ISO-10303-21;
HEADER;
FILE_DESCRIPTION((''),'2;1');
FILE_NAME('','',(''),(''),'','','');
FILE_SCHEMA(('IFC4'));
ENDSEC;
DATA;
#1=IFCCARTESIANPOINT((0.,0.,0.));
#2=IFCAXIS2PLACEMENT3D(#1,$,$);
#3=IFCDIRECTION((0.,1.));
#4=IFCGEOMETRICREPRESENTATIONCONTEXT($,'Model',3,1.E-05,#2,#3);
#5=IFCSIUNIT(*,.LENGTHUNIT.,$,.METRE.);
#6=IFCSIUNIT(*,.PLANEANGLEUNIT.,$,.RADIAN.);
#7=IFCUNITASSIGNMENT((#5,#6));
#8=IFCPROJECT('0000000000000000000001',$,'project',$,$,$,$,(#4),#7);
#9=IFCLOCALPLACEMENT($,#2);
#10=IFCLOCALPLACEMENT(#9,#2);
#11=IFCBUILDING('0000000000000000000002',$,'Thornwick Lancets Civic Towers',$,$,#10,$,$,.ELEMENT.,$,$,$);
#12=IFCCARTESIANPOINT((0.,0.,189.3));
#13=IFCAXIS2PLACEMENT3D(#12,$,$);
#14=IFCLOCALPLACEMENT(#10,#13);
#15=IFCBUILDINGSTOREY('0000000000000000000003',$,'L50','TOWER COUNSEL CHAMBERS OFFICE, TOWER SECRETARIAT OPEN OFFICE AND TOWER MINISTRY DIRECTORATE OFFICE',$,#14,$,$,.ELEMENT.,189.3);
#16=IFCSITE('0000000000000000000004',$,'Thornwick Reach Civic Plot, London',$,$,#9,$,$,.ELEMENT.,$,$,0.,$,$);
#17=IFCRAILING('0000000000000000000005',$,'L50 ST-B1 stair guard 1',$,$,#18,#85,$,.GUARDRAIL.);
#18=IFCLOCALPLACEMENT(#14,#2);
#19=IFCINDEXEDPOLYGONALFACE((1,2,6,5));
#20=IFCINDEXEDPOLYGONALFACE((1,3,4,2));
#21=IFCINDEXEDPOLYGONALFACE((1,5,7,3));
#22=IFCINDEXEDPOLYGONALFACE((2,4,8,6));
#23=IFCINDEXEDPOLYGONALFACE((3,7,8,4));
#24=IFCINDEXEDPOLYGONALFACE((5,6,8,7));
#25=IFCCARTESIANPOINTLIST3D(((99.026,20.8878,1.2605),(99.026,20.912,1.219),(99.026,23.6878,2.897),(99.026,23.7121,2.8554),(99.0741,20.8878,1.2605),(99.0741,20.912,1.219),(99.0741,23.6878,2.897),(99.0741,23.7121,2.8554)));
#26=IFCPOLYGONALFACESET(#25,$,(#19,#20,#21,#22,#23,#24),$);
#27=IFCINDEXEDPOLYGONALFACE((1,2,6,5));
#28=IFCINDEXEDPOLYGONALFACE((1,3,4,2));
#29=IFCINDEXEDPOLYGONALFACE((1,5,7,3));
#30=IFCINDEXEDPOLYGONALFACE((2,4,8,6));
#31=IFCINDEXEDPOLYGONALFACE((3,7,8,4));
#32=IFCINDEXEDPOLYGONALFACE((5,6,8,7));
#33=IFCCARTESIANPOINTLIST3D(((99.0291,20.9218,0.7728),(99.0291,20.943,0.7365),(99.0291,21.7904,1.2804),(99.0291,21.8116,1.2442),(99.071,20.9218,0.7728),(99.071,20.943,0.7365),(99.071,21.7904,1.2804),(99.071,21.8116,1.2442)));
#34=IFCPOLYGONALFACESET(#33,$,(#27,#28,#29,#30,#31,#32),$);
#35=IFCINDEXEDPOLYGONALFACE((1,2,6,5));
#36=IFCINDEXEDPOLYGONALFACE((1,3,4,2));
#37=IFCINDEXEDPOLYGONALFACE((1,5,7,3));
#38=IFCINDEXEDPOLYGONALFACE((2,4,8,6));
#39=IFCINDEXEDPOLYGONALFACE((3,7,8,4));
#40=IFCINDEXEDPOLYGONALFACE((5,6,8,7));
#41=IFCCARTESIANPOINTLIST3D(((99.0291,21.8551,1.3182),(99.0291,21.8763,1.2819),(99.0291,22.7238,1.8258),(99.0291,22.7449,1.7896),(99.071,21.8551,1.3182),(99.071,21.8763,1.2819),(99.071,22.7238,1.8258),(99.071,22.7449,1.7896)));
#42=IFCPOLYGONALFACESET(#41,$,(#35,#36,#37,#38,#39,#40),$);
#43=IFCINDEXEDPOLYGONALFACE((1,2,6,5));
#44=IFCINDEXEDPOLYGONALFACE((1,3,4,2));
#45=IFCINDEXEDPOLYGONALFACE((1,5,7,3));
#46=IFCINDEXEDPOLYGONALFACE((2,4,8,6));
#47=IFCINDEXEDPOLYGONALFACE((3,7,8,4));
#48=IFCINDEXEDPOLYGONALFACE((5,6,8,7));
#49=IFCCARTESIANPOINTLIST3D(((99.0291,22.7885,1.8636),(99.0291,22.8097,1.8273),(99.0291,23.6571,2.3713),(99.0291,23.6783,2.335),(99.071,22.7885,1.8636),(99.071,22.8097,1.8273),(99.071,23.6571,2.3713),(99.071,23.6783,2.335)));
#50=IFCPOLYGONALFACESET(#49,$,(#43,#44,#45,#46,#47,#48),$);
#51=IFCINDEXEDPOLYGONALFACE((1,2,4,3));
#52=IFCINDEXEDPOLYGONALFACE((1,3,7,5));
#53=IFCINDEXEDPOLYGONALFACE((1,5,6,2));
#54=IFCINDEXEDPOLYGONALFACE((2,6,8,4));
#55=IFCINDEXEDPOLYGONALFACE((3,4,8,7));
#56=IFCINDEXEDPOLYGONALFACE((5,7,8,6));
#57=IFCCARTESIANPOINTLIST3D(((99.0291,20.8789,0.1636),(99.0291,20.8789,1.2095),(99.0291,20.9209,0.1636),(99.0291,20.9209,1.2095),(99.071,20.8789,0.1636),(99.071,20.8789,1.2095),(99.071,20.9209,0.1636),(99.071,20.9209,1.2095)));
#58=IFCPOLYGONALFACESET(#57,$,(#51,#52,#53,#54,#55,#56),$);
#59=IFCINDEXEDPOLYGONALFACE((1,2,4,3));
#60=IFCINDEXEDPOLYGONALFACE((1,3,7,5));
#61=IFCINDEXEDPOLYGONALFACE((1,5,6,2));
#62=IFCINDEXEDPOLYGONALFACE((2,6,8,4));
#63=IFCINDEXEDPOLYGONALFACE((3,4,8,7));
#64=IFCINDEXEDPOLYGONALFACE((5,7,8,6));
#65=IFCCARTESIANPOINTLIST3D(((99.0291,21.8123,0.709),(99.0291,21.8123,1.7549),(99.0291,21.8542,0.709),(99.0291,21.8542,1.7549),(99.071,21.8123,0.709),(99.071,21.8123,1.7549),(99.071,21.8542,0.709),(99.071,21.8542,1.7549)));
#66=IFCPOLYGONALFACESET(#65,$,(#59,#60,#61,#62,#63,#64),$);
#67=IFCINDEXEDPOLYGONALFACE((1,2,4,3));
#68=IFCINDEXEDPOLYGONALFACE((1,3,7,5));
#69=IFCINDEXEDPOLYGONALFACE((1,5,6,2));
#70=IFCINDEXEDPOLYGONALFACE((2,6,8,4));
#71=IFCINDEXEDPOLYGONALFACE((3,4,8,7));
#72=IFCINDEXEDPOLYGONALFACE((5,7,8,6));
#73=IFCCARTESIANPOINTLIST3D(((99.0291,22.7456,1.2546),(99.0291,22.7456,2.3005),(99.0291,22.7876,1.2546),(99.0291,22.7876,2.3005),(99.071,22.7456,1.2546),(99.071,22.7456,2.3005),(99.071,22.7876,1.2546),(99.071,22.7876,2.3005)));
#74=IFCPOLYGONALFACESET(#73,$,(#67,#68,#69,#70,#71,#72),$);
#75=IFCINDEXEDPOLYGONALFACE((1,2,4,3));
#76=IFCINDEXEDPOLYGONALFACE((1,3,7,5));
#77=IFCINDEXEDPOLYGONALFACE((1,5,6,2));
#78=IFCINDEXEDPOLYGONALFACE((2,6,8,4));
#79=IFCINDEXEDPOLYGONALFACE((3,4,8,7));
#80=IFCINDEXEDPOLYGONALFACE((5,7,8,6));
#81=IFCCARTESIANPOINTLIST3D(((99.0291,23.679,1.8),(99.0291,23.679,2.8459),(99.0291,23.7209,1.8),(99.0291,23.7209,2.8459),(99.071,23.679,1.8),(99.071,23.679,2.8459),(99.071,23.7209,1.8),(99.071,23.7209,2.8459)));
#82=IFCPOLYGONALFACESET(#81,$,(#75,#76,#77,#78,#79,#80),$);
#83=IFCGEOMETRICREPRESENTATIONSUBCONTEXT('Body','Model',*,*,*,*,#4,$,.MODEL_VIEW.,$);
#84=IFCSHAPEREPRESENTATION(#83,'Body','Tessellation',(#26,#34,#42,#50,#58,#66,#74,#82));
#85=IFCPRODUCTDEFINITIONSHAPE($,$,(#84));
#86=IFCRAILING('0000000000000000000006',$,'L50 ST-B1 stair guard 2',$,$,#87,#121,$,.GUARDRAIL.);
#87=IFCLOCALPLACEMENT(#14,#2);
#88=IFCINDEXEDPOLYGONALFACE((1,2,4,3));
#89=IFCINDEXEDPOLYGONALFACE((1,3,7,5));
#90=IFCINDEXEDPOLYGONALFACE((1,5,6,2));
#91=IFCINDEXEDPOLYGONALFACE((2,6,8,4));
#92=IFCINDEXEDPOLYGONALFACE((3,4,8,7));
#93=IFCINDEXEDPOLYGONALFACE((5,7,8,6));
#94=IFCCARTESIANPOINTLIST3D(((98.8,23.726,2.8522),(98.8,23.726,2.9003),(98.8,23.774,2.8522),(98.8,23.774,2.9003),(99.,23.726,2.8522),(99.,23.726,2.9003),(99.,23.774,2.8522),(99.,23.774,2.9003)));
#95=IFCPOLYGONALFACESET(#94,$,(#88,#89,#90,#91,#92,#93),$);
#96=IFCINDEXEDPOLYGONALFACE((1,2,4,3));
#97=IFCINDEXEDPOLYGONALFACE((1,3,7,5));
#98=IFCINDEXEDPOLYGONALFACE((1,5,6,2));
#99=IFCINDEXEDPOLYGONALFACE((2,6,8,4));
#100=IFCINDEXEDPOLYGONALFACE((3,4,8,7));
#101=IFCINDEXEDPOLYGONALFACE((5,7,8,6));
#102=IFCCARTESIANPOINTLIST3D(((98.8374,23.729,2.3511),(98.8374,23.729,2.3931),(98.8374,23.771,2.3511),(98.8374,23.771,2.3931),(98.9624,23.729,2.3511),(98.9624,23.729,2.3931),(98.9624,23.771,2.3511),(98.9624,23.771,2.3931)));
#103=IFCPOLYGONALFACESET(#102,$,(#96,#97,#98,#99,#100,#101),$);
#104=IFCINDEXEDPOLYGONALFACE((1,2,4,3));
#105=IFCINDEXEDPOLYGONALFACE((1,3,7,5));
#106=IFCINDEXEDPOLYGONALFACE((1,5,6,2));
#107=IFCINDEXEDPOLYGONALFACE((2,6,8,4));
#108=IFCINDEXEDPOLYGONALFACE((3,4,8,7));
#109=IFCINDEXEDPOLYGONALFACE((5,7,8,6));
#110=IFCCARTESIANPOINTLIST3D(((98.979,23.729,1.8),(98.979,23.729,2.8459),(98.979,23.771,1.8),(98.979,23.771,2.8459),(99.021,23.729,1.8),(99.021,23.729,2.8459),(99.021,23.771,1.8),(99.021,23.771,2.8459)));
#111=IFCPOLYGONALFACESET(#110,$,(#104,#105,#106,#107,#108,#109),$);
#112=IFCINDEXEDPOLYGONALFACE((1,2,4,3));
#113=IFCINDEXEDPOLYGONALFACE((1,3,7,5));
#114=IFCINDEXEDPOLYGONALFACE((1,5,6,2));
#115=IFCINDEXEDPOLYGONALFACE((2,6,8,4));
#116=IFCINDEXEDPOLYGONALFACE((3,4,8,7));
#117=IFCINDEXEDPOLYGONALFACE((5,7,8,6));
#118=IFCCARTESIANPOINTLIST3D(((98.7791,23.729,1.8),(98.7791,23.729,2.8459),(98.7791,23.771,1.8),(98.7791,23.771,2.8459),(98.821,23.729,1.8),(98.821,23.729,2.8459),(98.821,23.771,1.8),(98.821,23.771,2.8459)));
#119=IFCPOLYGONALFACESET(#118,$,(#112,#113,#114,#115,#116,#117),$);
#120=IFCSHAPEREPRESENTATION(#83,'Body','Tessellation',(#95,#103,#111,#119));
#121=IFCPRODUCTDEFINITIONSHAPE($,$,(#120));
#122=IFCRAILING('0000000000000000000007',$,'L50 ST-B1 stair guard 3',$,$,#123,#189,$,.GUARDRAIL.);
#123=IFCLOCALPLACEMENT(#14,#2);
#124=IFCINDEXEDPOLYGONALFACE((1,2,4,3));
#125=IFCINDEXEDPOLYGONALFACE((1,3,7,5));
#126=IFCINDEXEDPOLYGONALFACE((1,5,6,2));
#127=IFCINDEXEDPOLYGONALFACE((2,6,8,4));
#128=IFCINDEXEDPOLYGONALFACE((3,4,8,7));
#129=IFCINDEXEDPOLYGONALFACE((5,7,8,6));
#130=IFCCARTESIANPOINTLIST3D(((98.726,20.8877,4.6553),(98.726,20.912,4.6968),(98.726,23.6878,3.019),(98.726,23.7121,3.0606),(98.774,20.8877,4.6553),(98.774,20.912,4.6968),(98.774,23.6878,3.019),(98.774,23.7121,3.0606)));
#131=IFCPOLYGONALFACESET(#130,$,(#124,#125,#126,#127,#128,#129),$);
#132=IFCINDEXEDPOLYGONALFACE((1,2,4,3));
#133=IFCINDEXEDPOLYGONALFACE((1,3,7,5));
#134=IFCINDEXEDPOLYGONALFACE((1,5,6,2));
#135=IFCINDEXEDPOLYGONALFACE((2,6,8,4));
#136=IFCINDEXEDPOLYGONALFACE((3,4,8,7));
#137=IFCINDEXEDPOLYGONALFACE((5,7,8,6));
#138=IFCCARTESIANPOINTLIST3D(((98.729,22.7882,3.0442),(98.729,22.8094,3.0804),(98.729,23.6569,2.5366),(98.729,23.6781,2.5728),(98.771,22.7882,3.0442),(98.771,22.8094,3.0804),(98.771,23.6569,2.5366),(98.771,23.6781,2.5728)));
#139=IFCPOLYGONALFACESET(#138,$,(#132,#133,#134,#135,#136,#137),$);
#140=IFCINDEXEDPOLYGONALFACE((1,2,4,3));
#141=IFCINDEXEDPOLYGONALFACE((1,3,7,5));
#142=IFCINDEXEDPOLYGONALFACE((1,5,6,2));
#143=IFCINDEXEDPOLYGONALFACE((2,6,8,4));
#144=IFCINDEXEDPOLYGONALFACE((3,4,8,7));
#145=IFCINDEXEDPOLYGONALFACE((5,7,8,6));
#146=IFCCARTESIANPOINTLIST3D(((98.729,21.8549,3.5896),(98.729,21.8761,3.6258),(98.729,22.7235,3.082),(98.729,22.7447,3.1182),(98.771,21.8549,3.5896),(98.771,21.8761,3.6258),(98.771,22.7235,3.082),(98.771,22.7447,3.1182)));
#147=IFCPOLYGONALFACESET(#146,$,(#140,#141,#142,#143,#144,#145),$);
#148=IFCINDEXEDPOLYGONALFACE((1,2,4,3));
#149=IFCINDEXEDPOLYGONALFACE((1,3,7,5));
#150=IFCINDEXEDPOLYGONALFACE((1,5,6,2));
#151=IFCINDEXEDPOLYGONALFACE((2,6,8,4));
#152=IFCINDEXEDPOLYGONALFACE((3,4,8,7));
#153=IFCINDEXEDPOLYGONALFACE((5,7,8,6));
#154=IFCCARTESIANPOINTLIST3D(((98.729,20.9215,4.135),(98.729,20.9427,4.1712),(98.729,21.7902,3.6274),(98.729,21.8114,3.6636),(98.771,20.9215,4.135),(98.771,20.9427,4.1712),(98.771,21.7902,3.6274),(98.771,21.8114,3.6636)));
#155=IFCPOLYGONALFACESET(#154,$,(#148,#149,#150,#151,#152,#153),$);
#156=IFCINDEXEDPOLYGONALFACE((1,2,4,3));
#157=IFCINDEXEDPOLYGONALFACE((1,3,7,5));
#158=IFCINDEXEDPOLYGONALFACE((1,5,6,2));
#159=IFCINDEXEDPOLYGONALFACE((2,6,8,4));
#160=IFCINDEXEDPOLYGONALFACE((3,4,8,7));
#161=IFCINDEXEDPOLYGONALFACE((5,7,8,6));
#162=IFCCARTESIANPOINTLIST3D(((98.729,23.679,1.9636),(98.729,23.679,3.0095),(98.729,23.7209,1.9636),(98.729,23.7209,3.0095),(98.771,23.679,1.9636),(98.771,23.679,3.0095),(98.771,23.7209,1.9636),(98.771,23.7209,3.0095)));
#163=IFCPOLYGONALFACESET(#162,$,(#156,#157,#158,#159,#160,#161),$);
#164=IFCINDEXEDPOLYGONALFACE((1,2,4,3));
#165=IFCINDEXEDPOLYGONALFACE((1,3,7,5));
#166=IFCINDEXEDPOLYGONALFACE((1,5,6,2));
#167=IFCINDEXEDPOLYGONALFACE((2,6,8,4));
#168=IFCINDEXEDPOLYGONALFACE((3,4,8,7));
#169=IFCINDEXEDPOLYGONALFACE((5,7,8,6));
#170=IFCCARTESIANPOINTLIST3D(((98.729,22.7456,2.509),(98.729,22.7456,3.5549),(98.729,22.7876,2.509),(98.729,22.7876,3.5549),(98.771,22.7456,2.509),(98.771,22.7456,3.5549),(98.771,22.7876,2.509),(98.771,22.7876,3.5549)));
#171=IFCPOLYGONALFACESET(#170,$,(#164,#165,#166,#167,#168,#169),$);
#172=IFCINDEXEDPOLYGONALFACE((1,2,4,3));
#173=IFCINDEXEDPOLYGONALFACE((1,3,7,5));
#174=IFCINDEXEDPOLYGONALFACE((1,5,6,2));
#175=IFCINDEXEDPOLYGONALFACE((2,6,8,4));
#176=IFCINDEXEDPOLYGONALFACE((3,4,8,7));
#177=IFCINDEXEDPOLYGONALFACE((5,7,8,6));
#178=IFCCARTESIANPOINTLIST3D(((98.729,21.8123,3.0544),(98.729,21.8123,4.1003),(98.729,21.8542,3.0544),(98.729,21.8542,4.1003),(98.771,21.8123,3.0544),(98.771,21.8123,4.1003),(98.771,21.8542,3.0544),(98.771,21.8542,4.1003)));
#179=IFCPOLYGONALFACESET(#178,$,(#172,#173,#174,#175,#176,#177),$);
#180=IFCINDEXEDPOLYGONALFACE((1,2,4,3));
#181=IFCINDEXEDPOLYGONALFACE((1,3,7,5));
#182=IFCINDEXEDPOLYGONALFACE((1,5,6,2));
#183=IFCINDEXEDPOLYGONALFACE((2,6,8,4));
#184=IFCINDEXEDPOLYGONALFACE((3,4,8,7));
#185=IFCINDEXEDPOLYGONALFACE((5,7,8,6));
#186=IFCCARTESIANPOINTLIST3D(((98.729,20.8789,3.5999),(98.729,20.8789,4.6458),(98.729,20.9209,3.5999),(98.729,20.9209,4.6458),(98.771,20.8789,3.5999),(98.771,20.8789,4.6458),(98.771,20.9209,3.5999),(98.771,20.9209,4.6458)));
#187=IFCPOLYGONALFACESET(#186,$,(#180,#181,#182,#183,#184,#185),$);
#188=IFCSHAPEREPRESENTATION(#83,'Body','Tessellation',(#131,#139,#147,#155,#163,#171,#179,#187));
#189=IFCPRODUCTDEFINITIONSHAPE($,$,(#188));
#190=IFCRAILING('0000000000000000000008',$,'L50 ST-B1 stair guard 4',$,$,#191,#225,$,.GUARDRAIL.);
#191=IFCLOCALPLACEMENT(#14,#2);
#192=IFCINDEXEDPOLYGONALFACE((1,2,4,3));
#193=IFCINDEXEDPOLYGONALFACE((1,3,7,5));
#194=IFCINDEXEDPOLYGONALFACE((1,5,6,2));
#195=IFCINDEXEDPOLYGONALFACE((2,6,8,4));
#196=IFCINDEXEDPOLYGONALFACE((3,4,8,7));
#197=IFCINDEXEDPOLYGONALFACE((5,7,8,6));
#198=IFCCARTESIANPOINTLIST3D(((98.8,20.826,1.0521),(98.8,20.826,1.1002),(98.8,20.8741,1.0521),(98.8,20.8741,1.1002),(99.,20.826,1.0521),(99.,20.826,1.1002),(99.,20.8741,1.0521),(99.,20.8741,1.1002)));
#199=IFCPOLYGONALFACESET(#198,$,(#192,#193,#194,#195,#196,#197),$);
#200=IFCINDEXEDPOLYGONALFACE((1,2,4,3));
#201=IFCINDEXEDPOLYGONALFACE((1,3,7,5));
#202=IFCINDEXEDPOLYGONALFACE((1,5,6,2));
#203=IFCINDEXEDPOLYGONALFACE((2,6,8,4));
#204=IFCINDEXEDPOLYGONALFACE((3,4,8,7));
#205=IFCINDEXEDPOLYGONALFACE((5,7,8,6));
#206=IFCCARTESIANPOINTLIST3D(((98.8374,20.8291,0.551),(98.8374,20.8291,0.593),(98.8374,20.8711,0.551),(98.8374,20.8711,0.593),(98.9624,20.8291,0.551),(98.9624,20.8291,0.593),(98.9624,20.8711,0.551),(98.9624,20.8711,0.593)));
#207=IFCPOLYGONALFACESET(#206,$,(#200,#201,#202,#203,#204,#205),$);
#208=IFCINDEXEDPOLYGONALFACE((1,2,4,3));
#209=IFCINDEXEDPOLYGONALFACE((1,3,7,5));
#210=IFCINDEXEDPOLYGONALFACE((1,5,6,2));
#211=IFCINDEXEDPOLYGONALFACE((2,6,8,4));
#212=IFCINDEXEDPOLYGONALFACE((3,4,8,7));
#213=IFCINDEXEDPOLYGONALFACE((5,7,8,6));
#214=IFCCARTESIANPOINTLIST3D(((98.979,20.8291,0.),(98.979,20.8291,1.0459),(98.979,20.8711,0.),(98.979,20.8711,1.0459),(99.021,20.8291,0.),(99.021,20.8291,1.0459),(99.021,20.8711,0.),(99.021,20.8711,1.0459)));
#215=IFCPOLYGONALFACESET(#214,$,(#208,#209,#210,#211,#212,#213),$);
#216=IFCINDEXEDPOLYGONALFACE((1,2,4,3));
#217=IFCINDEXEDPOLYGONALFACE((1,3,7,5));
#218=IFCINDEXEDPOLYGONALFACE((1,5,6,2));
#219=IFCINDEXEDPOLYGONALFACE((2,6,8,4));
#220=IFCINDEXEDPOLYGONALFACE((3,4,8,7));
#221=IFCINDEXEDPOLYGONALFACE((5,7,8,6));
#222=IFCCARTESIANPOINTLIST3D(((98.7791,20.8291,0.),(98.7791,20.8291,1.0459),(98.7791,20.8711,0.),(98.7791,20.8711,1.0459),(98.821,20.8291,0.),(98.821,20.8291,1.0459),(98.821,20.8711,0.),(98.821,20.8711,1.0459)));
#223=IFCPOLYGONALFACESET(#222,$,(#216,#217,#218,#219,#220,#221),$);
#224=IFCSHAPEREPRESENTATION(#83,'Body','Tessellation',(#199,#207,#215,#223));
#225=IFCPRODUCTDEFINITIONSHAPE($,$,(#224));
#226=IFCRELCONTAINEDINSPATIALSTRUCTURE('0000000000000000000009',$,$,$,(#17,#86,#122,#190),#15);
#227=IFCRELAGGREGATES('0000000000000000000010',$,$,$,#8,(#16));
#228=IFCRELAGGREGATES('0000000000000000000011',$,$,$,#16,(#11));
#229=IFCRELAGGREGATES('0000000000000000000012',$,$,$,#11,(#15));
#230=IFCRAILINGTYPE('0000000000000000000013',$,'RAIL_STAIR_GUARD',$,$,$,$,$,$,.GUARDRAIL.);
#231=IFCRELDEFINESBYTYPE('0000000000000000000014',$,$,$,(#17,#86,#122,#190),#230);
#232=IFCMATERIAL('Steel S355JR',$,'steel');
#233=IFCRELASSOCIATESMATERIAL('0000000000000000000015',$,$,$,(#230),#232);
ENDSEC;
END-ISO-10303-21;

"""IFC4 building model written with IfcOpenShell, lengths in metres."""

from ifc_helpers import new_model, si_unit, direction, frame, origin, origin_2d, place, context, subcontext, project, spatial, rectangle, extrude, material, type_object, element, save


model = new_model("IFC4")

# Units and contexts
model_context = context("Model", 3, precision=1e-05, world=origin(), true_north=direction((0.0, 1.0)))
body_context = subcontext(model_context, "Body", "Model", "MODEL_VIEW")
ifc_project = project(units=[si_unit("LENGTHUNIT", "METRE"), si_unit("PLANEANGLEUNIT", "RADIAN")], contexts=[model_context])

# Site, building, storey
site_placement = place(None, origin())
site = spatial("IfcSite", under=ifc_project, at=site_placement, Name="Thornwick Reach Civic Plot, London", CompositionType="ELEMENT", RefElevation=0.0)
building_placement = place(site_placement, origin())
building = spatial("IfcBuilding", under=site, at=building_placement, Name="Thornwick Lancets Civic Towers", CompositionType="ELEMENT")
storey_placement = place(building_placement, frame((0.0, 0.0, 189.3)))
storey = spatial("IfcBuildingStorey", under=building, at=storey_placement, Name="L50", Description="TOWER COUNSEL CHAMBERS OFFICE, TOWER SECRETARIAT OPEN OFFICE AND TOWER MINISTRY DIRECTORATE OFFICE", CompositionType="ELEMENT", Elevation=189.3)

# Shared definitions
ifc_material_1 = material(Name="Steel S355JR", Category="steel")

# Railings
railing_type_1 = type_object("IfcRailingType", Name="RAIL_STAIR_GUARD", PredefinedType="GUARDRAIL", material=ifc_material_1)
railing_1_placement = place(storey_placement, frame((99.05, 20.8999, 0.1636)))
element("IfcRailing", 1, at=railing_1_placement, inside=storey, type_object=railing_type_1, Name="L50 ST-B1 stair guard 1", PredefinedType="GUARDRAIL", context=body_context, shape_type="SweptSolid", body=[
    extrude(rectangle(XDim=0.0481, YDim=0.0481, at=origin_2d()), frame((0.0, 0.0, 1.0762), z_axis=(0.0, 0.863361, 0.504587), x_axis=(-1.0, 0.0, 0.0)), (0.0, 0.0, 1.0), 3.2432),
    extrude(rectangle(XDim=0.042, YDim=0.042, at=origin_2d()), frame((0.0, 0.0325, 0.5911), z_axis=(0.0, 0.863361, 0.504587), x_axis=(-1.0, 0.0, 0.0)), (0.0, 0.0, 1.0), 1.0061),
    extrude(rectangle(XDim=0.042, YDim=0.042, at=origin_2d()), frame((0.0, 0.9658, 1.1365), z_axis=(0.0, 0.863361, 0.504587), x_axis=(-1.0, 0.0, 0.0)), (0.0, 0.0, 1.0), 1.0061),
    extrude(rectangle(XDim=0.042, YDim=0.042, at=origin_2d()), frame((0.0, 1.8992, 1.6819), z_axis=(0.0, 0.863361, 0.504587), x_axis=(-1.0, 0.0, 0.0)), (0.0, 0.0, 1.0), 1.0061),
    extrude(rectangle(XDim=0.042, YDim=0.042, at=origin_2d()), origin(), (0.0, 0.0, 1.0), 1.0459),
    extrude(rectangle(XDim=0.042, YDim=0.042, at=origin_2d()), frame((0.0, 0.9333, 0.5454)), (0.0, 0.0, 1.0), 1.0459),
    extrude(rectangle(XDim=0.042, YDim=0.042, at=origin_2d()), frame((0.0, 1.8667, 1.0911)), (0.0, 0.0, 1.0), 1.0459),
    extrude(rectangle(XDim=0.042, YDim=0.042, at=origin_2d()), frame((0.0, 2.8, 1.6365)), (0.0, 0.0, 1.0), 1.0459),
])
railing_2_placement = place(storey_placement, frame((99.0, 23.75, 1.8)))
element("IfcRailing", 2, at=railing_2_placement, inside=storey, type_object=railing_type_1, Name="L50 ST-B1 stair guard 2", PredefinedType="GUARDRAIL", context=body_context, shape_type="SweptSolid", body=[
    extrude(rectangle(XDim=0.0481, YDim=0.0481, at=origin_2d()), frame((0.0, 0.0, 1.0762), z_axis=(-1.0, 0.0, 0.0), x_axis=(0.0, -1.0, 0.0)), (0.0, 0.0, 1.0), 0.2),
    extrude(rectangle(XDim=0.042, YDim=0.042, at=origin_2d()), frame((-0.0376, 0.0, 0.572), z_axis=(-1.0, 0.0, 0.0), x_axis=(0.0, -1.0, 0.0)), (0.0, 0.0, 1.0), 0.125),
    extrude(rectangle(XDim=0.042, YDim=0.042, at=origin_2d()), origin(), (0.0, 0.0, 1.0), 1.0459),
    extrude(rectangle(XDim=0.042, YDim=0.042, at=origin_2d()), frame((-0.2, 0.0, 0.0)), (0.0, 0.0, 1.0), 1.0459),
])
railing_3_placement = place(storey_placement, frame((98.75, 23.7, 1.9636)))
element("IfcRailing", 3, at=railing_3_placement, inside=storey, type_object=railing_type_1, Name="L50 ST-B1 stair guard 3", PredefinedType="GUARDRAIL", context=body_context, shape_type="SweptSolid", body=[
    extrude(rectangle(XDim=0.0481, YDim=0.0481, at=origin_2d()), frame((0.0, 0.0, 1.0762), z_axis=(0.0, -0.863394, 0.504531), x_axis=(1.0, 0.0, 0.0)), (0.0, 0.0, 1.0), 3.2432),
    extrude(rectangle(XDim=0.042, YDim=0.042, at=origin_2d()), frame((0.0, -0.0325, 0.5911), z_axis=(0.0, -0.863394, 0.504531), x_axis=(1.0, 0.0, 0.0)), (0.0, 0.0, 1.0), 1.0061),
    extrude(rectangle(XDim=0.042, YDim=0.042, at=origin_2d()), frame((0.0, -0.9658, 1.1365), z_axis=(0.0, -0.863394, 0.504531), x_axis=(1.0, 0.0, 0.0)), (0.0, 0.0, 1.0), 1.0061),
    extrude(rectangle(XDim=0.042, YDim=0.042, at=origin_2d()), frame((0.0, -1.8992, 1.6819), z_axis=(0.0, -0.863394, 0.504531), x_axis=(1.0, 0.0, 0.0)), (0.0, 0.0, 1.0), 1.0061),
    extrude(rectangle(XDim=0.042, YDim=0.042, at=origin_2d()), origin(), (0.0, 0.0, 1.0), 1.0459),
    extrude(rectangle(XDim=0.042, YDim=0.042, at=origin_2d()), frame((0.0, -0.9333, 0.5454)), (0.0, 0.0, 1.0), 1.0459),
    extrude(rectangle(XDim=0.042, YDim=0.042, at=origin_2d()), frame((0.0, -1.8667, 1.0908)), (0.0, 0.0, 1.0), 1.0459),
    extrude(rectangle(XDim=0.042, YDim=0.042, at=origin_2d()), frame((0.0, -2.8, 1.6362)), (0.0, 0.0, 1.0), 1.0459),
])
railing_4_placement = place(storey_placement, frame((99.0, 20.8501, 0.0)))
element("IfcRailing", 4, at=railing_4_placement, inside=storey, type_object=railing_type_1, Name="L50 ST-B1 stair guard 4", PredefinedType="GUARDRAIL", context=body_context, shape_type="SweptSolid", body=[
    extrude(rectangle(XDim=0.0481, YDim=0.0481, at=origin_2d()), frame((0.0, 0.0, 1.0762), z_axis=(-1.0, 0.0, 0.0), x_axis=(0.0, -1.0, 0.0)), (0.0, 0.0, 1.0), 0.2),
    extrude(rectangle(XDim=0.042, YDim=0.042, at=origin_2d()), frame((-0.0376, 0.0, 0.572), z_axis=(-1.0, 0.0, 0.0), x_axis=(0.0, -1.0, 0.0)), (0.0, 0.0, 1.0), 0.125),
    extrude(rectangle(XDim=0.042, YDim=0.042, at=origin_2d()), origin(), (0.0, 0.0, 1.0), 1.0459),
    extrude(rectangle(XDim=0.042, YDim=0.042, at=origin_2d()), frame((-0.2, 0.0, 0.0)), (0.0, 0.0, 1.0), 1.0459),
])

save(model, "model.ifc")
